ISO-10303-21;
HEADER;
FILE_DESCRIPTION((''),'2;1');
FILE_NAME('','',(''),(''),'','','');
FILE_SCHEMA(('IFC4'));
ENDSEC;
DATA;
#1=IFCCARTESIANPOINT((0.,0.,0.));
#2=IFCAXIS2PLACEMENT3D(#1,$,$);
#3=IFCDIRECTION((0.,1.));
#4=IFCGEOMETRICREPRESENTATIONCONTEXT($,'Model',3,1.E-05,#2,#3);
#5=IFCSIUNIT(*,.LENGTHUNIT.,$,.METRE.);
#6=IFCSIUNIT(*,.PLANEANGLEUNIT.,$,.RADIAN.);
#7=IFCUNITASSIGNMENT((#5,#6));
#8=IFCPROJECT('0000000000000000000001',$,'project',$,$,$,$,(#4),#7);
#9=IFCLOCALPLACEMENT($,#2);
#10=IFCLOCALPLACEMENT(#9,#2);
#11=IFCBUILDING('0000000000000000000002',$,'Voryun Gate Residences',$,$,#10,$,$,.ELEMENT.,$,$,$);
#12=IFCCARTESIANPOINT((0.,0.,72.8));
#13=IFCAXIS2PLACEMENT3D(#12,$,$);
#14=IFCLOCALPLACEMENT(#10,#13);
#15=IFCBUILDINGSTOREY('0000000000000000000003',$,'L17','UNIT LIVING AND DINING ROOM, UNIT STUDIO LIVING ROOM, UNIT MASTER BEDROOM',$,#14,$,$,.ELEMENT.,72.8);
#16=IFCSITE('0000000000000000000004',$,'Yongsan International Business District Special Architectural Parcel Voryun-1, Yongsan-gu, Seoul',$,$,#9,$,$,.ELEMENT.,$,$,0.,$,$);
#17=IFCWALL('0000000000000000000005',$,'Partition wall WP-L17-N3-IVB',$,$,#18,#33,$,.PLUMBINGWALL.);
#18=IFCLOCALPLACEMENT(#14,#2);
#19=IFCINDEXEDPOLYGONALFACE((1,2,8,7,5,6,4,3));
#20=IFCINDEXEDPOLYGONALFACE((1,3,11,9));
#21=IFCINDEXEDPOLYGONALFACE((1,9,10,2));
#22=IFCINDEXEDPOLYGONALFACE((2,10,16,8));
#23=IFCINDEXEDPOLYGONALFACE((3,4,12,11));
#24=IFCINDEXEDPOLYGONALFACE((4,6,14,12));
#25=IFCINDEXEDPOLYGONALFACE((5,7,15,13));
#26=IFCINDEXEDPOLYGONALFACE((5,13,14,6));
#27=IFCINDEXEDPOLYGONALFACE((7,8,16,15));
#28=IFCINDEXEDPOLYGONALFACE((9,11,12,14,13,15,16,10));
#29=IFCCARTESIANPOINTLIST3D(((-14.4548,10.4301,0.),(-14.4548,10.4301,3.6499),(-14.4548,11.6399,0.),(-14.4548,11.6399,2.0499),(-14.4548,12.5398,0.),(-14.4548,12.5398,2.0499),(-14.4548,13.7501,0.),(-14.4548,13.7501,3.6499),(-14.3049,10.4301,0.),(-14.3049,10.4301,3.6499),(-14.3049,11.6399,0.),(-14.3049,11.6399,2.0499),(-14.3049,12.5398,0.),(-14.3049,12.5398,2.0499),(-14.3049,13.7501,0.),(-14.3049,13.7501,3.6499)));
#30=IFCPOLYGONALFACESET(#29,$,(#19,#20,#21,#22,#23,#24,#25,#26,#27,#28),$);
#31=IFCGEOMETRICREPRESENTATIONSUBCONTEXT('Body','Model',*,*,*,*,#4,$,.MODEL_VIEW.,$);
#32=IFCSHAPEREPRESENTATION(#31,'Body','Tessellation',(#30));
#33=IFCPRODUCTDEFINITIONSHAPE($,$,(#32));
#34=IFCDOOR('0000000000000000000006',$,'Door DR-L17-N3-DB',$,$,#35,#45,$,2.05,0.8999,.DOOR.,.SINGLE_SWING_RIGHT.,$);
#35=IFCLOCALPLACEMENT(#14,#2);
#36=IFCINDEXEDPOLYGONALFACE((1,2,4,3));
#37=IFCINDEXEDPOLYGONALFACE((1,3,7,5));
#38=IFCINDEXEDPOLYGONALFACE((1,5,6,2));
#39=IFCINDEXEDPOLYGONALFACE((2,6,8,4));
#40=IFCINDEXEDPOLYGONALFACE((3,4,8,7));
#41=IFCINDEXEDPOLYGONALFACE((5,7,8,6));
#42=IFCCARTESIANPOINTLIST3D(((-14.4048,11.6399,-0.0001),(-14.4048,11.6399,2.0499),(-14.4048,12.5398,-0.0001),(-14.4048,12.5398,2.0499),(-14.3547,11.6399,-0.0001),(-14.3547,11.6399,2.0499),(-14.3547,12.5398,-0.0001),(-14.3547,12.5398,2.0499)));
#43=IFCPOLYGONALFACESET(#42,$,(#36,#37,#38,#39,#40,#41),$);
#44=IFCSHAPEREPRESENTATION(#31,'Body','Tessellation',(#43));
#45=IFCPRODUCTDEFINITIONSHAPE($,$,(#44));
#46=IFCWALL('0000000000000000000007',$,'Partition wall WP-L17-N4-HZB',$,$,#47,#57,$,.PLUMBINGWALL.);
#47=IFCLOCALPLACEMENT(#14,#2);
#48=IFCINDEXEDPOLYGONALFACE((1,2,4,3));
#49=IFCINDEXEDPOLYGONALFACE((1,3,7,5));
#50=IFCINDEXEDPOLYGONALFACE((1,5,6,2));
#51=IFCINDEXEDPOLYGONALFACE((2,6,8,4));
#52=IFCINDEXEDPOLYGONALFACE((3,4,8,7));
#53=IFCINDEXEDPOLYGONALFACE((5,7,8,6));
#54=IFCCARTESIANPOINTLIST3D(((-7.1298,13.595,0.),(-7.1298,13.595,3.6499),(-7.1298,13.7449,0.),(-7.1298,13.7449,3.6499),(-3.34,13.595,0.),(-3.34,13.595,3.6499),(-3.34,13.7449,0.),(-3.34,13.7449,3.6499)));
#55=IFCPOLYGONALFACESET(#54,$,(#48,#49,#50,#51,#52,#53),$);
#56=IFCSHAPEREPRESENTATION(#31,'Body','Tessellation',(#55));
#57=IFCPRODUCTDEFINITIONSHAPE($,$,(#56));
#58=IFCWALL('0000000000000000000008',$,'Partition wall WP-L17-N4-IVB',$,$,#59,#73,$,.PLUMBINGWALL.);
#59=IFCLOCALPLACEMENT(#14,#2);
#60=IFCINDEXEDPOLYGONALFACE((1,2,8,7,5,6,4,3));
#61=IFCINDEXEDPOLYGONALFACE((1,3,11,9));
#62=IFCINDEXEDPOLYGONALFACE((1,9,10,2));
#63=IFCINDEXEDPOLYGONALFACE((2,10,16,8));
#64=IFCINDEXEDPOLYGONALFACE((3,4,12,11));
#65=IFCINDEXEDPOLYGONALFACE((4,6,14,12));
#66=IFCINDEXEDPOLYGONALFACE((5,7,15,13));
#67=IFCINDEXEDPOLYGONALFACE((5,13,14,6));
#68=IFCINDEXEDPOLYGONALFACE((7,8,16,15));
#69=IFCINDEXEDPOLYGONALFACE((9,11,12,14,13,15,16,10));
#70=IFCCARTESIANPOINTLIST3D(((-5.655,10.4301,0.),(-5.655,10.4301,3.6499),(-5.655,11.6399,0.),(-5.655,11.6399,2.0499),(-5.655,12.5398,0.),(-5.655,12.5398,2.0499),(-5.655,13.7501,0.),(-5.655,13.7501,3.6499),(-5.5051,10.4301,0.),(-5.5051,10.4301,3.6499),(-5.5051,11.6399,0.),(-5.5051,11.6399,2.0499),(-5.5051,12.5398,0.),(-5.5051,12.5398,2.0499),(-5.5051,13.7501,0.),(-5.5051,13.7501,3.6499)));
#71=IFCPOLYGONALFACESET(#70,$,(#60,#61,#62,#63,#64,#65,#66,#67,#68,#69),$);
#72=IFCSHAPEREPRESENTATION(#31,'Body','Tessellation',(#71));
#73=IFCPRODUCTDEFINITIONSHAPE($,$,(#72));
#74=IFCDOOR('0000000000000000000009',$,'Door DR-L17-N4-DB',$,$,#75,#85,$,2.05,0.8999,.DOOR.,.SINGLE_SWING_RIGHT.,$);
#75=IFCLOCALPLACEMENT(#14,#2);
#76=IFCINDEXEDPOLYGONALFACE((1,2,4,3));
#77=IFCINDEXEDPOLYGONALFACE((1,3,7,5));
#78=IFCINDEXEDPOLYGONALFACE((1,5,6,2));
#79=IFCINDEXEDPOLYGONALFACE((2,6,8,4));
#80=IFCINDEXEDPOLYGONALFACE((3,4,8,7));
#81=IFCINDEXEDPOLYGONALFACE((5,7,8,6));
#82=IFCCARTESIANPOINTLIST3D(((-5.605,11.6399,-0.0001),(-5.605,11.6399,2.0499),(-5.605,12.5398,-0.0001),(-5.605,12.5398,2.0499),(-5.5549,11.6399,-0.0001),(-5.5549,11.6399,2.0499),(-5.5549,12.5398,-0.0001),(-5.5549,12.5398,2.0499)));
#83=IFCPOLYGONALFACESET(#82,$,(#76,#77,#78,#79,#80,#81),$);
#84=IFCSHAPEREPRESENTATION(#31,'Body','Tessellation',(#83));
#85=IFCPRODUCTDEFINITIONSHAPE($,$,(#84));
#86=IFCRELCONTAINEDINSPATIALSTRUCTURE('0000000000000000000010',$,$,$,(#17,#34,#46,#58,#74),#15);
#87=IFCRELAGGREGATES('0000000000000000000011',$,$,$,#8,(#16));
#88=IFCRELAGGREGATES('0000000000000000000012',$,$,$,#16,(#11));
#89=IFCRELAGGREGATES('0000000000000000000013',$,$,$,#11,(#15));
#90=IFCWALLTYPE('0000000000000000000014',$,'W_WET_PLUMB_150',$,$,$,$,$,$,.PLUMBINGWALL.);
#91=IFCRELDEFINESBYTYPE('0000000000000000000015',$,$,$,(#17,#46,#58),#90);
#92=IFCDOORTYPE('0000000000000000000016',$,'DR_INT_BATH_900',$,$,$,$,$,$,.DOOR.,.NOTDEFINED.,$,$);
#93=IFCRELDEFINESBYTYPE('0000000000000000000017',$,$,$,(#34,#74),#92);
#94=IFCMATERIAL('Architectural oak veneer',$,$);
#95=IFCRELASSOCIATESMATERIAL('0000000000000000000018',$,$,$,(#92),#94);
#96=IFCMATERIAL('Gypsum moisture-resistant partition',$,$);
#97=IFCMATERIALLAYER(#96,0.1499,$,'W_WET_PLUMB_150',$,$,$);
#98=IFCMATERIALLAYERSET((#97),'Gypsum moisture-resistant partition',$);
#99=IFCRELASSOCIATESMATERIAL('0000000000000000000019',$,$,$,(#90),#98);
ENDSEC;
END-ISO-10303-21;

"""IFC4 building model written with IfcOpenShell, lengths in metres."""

from ifc_helpers import new_model, si_unit, direction, frame, frame_2d, origin, place, context, subcontext, project, spatial, rectangle, extrude, material, layer, layer_set, type_object, element, fill, save


model = new_model("IFC4")

# Units and contexts
model_context = context("Model", 3, precision=1e-05, world=origin(), true_north=direction((0.0, 1.0)))
body_context = subcontext(model_context, "Body", "Model", "MODEL_VIEW")
ifc_project = project(units=[si_unit("LENGTHUNIT", "METRE"), si_unit("PLANEANGLEUNIT", "RADIAN")], contexts=[model_context])

# Site, building, storey
site_placement = place(None, origin())
site = spatial("IfcSite", under=ifc_project, at=site_placement, Name="Yongsan International Business District Special Architectural Parcel Voryun-1, Yongsan-gu, Seoul", CompositionType="ELEMENT", RefElevation=0.0)
building_placement = place(site_placement, origin())
building = spatial("IfcBuilding", under=site, at=building_placement, Name="Voryun Gate Residences", CompositionType="ELEMENT")
storey_placement = place(building_placement, frame((0.0, 0.0, 72.8)))
storey = spatial("IfcBuildingStorey", under=building, at=storey_placement, Name="L17", Description="UNIT LIVING AND DINING ROOM, UNIT STUDIO LIVING ROOM, UNIT MASTER BEDROOM", CompositionType="ELEMENT", Elevation=72.8)

# Shared definitions
ifc_material_1 = material(Name="Architectural oak veneer")
door_type_1 = type_object("IfcDoorType", Name="DR_INT_BATH_900", OperationType="NOTDEFINED", PredefinedType="DOOR", material=ifc_material_1)

# Shared definitions
ifc_material_2 = material(Name="Gypsum moisture-resistant partition")
ifc_layer_1 = layer(ifc_material_2, 0.1499, Name="W_WET_PLUMB_150")
ifc_layer_set_1 = layer_set([ifc_layer_1], Name="Gypsum moisture-resistant partition")
wall_type_1 = type_object("IfcWallType", Name="W_WET_PLUMB_150", PredefinedType="PLUMBINGWALL", material=ifc_layer_set_1)

# Wall, opening, door
wall_1_placement = place(storey_placement, frame((-14.3799, 10.4299, 0.0), z_axis=(0.0, 0.0, 1.0), x_axis=(0.0, 1.0, 0.0)))
wall_1 = element("IfcWall", 1, at=wall_1_placement, inside=storey, type_object=wall_type_1, Name="Partition wall WP-L17-N3-IVB", PredefinedType="PLUMBINGWALL", context=body_context, shape_type="SweptSolid", body=[
    extrude(rectangle(XDim=3.3201, YDim=0.1499, at=frame_2d((1.6602, 0.0))), origin(), (0.0, 0.0, 1.0), 3.6499),
])
opening_1_placement = place(wall_1_placement, frame((1.21, 0.0, 0.0)))
opening_1 = element("IfcOpeningElement", 2, at=opening_1_placement, cuts=wall_1, PredefinedType="OPENING", context=body_context, shape_type="SweptSolid", body=[
    extrude(rectangle(XDim=0.8999, YDim=2.05, at=frame_2d((0.45, 1.0249))), frame((0.0, 0.085, 0.0), z_axis=(0.0, -1.0, 0.0), x_axis=(1.0, 0.0, 0.0)), (0.0, 0.0, 1.0), 0.1699),
])
door_1_placement = place(opening_1_placement, origin())
door_1 = element("IfcDoor", 3, at=door_1_placement, inside=storey, type_object=door_type_1, Name="Door DR-L17-N3-DB", OperationType="SINGLE_SWING_RIGHT", OverallHeight=2.05, OverallWidth=0.8999, PredefinedType="DOOR", context=body_context, shape_type="SweptSolid", body=[
    extrude(rectangle(XDim=0.8999, YDim=2.05, at=frame_2d((0.45, 1.0249))), frame((0.0, 0.0249, 0.0), z_axis=(0.0, -1.0, 0.0), x_axis=(1.0, 0.0, 0.0)), (0.0, 0.0, 1.0), 0.05),
])
fill(opening_1, door_1)

# Wall
wall_2_placement = place(storey_placement, frame((-7.1299, 13.6699, 0.0), z_axis=(0.0, 0.0, 1.0), x_axis=(1.0, 0.0, 0.0)))
element("IfcWall", 4, at=wall_2_placement, inside=storey, type_object=wall_type_1, Name="Partition wall WP-L17-N4-HZB", PredefinedType="PLUMBINGWALL", context=body_context, shape_type="SweptSolid", body=[
    extrude(rectangle(XDim=3.7898, YDim=0.1499, at=frame_2d((1.895, 0.0))), origin(), (0.0, 0.0, 1.0), 3.6499),
])

# Wall, opening, door
wall_3_placement = place(storey_placement, frame((-5.5801, 10.4299, 0.0), z_axis=(0.0, 0.0, 1.0), x_axis=(0.0, 1.0, 0.0)))
wall_3 = element("IfcWall", 5, at=wall_3_placement, inside=storey, type_object=wall_type_1, Name="Partition wall WP-L17-N4-IVB", PredefinedType="PLUMBINGWALL", context=body_context, shape_type="SweptSolid", body=[
    extrude(rectangle(XDim=3.3201, YDim=0.1499, at=frame_2d((1.6602, 0.0))), origin(), (0.0, 0.0, 1.0), 3.6499),
])
opening_2_placement = place(wall_3_placement, frame((1.21, 0.0, 0.0)))
opening_2 = element("IfcOpeningElement", 6, at=opening_2_placement, cuts=wall_3, PredefinedType="OPENING", context=body_context, shape_type="SweptSolid", body=[
    extrude(rectangle(XDim=0.8999, YDim=2.05, at=frame_2d((0.45, 1.0249))), frame((0.0, 0.085, 0.0), z_axis=(0.0, -1.0, 0.0), x_axis=(1.0, 0.0, 0.0)), (0.0, 0.0, 1.0), 0.1699),
])
door_2_placement = place(opening_2_placement, origin())
door_2 = element("IfcDoor", 7, at=door_2_placement, inside=storey, type_object=door_type_1, Name="Door DR-L17-N4-DB", OperationType="SINGLE_SWING_RIGHT", OverallHeight=2.05, OverallWidth=0.8999, PredefinedType="DOOR", context=body_context, shape_type="SweptSolid", body=[
    extrude(rectangle(XDim=0.8999, YDim=2.05, at=frame_2d((0.45, 1.0249))), frame((0.0, 0.0249, 0.0), z_axis=(0.0, -1.0, 0.0), x_axis=(1.0, 0.0, 0.0)), (0.0, 0.0, 1.0), 0.05),
])
fill(opening_2, door_2)

save(model, "model.ifc")
